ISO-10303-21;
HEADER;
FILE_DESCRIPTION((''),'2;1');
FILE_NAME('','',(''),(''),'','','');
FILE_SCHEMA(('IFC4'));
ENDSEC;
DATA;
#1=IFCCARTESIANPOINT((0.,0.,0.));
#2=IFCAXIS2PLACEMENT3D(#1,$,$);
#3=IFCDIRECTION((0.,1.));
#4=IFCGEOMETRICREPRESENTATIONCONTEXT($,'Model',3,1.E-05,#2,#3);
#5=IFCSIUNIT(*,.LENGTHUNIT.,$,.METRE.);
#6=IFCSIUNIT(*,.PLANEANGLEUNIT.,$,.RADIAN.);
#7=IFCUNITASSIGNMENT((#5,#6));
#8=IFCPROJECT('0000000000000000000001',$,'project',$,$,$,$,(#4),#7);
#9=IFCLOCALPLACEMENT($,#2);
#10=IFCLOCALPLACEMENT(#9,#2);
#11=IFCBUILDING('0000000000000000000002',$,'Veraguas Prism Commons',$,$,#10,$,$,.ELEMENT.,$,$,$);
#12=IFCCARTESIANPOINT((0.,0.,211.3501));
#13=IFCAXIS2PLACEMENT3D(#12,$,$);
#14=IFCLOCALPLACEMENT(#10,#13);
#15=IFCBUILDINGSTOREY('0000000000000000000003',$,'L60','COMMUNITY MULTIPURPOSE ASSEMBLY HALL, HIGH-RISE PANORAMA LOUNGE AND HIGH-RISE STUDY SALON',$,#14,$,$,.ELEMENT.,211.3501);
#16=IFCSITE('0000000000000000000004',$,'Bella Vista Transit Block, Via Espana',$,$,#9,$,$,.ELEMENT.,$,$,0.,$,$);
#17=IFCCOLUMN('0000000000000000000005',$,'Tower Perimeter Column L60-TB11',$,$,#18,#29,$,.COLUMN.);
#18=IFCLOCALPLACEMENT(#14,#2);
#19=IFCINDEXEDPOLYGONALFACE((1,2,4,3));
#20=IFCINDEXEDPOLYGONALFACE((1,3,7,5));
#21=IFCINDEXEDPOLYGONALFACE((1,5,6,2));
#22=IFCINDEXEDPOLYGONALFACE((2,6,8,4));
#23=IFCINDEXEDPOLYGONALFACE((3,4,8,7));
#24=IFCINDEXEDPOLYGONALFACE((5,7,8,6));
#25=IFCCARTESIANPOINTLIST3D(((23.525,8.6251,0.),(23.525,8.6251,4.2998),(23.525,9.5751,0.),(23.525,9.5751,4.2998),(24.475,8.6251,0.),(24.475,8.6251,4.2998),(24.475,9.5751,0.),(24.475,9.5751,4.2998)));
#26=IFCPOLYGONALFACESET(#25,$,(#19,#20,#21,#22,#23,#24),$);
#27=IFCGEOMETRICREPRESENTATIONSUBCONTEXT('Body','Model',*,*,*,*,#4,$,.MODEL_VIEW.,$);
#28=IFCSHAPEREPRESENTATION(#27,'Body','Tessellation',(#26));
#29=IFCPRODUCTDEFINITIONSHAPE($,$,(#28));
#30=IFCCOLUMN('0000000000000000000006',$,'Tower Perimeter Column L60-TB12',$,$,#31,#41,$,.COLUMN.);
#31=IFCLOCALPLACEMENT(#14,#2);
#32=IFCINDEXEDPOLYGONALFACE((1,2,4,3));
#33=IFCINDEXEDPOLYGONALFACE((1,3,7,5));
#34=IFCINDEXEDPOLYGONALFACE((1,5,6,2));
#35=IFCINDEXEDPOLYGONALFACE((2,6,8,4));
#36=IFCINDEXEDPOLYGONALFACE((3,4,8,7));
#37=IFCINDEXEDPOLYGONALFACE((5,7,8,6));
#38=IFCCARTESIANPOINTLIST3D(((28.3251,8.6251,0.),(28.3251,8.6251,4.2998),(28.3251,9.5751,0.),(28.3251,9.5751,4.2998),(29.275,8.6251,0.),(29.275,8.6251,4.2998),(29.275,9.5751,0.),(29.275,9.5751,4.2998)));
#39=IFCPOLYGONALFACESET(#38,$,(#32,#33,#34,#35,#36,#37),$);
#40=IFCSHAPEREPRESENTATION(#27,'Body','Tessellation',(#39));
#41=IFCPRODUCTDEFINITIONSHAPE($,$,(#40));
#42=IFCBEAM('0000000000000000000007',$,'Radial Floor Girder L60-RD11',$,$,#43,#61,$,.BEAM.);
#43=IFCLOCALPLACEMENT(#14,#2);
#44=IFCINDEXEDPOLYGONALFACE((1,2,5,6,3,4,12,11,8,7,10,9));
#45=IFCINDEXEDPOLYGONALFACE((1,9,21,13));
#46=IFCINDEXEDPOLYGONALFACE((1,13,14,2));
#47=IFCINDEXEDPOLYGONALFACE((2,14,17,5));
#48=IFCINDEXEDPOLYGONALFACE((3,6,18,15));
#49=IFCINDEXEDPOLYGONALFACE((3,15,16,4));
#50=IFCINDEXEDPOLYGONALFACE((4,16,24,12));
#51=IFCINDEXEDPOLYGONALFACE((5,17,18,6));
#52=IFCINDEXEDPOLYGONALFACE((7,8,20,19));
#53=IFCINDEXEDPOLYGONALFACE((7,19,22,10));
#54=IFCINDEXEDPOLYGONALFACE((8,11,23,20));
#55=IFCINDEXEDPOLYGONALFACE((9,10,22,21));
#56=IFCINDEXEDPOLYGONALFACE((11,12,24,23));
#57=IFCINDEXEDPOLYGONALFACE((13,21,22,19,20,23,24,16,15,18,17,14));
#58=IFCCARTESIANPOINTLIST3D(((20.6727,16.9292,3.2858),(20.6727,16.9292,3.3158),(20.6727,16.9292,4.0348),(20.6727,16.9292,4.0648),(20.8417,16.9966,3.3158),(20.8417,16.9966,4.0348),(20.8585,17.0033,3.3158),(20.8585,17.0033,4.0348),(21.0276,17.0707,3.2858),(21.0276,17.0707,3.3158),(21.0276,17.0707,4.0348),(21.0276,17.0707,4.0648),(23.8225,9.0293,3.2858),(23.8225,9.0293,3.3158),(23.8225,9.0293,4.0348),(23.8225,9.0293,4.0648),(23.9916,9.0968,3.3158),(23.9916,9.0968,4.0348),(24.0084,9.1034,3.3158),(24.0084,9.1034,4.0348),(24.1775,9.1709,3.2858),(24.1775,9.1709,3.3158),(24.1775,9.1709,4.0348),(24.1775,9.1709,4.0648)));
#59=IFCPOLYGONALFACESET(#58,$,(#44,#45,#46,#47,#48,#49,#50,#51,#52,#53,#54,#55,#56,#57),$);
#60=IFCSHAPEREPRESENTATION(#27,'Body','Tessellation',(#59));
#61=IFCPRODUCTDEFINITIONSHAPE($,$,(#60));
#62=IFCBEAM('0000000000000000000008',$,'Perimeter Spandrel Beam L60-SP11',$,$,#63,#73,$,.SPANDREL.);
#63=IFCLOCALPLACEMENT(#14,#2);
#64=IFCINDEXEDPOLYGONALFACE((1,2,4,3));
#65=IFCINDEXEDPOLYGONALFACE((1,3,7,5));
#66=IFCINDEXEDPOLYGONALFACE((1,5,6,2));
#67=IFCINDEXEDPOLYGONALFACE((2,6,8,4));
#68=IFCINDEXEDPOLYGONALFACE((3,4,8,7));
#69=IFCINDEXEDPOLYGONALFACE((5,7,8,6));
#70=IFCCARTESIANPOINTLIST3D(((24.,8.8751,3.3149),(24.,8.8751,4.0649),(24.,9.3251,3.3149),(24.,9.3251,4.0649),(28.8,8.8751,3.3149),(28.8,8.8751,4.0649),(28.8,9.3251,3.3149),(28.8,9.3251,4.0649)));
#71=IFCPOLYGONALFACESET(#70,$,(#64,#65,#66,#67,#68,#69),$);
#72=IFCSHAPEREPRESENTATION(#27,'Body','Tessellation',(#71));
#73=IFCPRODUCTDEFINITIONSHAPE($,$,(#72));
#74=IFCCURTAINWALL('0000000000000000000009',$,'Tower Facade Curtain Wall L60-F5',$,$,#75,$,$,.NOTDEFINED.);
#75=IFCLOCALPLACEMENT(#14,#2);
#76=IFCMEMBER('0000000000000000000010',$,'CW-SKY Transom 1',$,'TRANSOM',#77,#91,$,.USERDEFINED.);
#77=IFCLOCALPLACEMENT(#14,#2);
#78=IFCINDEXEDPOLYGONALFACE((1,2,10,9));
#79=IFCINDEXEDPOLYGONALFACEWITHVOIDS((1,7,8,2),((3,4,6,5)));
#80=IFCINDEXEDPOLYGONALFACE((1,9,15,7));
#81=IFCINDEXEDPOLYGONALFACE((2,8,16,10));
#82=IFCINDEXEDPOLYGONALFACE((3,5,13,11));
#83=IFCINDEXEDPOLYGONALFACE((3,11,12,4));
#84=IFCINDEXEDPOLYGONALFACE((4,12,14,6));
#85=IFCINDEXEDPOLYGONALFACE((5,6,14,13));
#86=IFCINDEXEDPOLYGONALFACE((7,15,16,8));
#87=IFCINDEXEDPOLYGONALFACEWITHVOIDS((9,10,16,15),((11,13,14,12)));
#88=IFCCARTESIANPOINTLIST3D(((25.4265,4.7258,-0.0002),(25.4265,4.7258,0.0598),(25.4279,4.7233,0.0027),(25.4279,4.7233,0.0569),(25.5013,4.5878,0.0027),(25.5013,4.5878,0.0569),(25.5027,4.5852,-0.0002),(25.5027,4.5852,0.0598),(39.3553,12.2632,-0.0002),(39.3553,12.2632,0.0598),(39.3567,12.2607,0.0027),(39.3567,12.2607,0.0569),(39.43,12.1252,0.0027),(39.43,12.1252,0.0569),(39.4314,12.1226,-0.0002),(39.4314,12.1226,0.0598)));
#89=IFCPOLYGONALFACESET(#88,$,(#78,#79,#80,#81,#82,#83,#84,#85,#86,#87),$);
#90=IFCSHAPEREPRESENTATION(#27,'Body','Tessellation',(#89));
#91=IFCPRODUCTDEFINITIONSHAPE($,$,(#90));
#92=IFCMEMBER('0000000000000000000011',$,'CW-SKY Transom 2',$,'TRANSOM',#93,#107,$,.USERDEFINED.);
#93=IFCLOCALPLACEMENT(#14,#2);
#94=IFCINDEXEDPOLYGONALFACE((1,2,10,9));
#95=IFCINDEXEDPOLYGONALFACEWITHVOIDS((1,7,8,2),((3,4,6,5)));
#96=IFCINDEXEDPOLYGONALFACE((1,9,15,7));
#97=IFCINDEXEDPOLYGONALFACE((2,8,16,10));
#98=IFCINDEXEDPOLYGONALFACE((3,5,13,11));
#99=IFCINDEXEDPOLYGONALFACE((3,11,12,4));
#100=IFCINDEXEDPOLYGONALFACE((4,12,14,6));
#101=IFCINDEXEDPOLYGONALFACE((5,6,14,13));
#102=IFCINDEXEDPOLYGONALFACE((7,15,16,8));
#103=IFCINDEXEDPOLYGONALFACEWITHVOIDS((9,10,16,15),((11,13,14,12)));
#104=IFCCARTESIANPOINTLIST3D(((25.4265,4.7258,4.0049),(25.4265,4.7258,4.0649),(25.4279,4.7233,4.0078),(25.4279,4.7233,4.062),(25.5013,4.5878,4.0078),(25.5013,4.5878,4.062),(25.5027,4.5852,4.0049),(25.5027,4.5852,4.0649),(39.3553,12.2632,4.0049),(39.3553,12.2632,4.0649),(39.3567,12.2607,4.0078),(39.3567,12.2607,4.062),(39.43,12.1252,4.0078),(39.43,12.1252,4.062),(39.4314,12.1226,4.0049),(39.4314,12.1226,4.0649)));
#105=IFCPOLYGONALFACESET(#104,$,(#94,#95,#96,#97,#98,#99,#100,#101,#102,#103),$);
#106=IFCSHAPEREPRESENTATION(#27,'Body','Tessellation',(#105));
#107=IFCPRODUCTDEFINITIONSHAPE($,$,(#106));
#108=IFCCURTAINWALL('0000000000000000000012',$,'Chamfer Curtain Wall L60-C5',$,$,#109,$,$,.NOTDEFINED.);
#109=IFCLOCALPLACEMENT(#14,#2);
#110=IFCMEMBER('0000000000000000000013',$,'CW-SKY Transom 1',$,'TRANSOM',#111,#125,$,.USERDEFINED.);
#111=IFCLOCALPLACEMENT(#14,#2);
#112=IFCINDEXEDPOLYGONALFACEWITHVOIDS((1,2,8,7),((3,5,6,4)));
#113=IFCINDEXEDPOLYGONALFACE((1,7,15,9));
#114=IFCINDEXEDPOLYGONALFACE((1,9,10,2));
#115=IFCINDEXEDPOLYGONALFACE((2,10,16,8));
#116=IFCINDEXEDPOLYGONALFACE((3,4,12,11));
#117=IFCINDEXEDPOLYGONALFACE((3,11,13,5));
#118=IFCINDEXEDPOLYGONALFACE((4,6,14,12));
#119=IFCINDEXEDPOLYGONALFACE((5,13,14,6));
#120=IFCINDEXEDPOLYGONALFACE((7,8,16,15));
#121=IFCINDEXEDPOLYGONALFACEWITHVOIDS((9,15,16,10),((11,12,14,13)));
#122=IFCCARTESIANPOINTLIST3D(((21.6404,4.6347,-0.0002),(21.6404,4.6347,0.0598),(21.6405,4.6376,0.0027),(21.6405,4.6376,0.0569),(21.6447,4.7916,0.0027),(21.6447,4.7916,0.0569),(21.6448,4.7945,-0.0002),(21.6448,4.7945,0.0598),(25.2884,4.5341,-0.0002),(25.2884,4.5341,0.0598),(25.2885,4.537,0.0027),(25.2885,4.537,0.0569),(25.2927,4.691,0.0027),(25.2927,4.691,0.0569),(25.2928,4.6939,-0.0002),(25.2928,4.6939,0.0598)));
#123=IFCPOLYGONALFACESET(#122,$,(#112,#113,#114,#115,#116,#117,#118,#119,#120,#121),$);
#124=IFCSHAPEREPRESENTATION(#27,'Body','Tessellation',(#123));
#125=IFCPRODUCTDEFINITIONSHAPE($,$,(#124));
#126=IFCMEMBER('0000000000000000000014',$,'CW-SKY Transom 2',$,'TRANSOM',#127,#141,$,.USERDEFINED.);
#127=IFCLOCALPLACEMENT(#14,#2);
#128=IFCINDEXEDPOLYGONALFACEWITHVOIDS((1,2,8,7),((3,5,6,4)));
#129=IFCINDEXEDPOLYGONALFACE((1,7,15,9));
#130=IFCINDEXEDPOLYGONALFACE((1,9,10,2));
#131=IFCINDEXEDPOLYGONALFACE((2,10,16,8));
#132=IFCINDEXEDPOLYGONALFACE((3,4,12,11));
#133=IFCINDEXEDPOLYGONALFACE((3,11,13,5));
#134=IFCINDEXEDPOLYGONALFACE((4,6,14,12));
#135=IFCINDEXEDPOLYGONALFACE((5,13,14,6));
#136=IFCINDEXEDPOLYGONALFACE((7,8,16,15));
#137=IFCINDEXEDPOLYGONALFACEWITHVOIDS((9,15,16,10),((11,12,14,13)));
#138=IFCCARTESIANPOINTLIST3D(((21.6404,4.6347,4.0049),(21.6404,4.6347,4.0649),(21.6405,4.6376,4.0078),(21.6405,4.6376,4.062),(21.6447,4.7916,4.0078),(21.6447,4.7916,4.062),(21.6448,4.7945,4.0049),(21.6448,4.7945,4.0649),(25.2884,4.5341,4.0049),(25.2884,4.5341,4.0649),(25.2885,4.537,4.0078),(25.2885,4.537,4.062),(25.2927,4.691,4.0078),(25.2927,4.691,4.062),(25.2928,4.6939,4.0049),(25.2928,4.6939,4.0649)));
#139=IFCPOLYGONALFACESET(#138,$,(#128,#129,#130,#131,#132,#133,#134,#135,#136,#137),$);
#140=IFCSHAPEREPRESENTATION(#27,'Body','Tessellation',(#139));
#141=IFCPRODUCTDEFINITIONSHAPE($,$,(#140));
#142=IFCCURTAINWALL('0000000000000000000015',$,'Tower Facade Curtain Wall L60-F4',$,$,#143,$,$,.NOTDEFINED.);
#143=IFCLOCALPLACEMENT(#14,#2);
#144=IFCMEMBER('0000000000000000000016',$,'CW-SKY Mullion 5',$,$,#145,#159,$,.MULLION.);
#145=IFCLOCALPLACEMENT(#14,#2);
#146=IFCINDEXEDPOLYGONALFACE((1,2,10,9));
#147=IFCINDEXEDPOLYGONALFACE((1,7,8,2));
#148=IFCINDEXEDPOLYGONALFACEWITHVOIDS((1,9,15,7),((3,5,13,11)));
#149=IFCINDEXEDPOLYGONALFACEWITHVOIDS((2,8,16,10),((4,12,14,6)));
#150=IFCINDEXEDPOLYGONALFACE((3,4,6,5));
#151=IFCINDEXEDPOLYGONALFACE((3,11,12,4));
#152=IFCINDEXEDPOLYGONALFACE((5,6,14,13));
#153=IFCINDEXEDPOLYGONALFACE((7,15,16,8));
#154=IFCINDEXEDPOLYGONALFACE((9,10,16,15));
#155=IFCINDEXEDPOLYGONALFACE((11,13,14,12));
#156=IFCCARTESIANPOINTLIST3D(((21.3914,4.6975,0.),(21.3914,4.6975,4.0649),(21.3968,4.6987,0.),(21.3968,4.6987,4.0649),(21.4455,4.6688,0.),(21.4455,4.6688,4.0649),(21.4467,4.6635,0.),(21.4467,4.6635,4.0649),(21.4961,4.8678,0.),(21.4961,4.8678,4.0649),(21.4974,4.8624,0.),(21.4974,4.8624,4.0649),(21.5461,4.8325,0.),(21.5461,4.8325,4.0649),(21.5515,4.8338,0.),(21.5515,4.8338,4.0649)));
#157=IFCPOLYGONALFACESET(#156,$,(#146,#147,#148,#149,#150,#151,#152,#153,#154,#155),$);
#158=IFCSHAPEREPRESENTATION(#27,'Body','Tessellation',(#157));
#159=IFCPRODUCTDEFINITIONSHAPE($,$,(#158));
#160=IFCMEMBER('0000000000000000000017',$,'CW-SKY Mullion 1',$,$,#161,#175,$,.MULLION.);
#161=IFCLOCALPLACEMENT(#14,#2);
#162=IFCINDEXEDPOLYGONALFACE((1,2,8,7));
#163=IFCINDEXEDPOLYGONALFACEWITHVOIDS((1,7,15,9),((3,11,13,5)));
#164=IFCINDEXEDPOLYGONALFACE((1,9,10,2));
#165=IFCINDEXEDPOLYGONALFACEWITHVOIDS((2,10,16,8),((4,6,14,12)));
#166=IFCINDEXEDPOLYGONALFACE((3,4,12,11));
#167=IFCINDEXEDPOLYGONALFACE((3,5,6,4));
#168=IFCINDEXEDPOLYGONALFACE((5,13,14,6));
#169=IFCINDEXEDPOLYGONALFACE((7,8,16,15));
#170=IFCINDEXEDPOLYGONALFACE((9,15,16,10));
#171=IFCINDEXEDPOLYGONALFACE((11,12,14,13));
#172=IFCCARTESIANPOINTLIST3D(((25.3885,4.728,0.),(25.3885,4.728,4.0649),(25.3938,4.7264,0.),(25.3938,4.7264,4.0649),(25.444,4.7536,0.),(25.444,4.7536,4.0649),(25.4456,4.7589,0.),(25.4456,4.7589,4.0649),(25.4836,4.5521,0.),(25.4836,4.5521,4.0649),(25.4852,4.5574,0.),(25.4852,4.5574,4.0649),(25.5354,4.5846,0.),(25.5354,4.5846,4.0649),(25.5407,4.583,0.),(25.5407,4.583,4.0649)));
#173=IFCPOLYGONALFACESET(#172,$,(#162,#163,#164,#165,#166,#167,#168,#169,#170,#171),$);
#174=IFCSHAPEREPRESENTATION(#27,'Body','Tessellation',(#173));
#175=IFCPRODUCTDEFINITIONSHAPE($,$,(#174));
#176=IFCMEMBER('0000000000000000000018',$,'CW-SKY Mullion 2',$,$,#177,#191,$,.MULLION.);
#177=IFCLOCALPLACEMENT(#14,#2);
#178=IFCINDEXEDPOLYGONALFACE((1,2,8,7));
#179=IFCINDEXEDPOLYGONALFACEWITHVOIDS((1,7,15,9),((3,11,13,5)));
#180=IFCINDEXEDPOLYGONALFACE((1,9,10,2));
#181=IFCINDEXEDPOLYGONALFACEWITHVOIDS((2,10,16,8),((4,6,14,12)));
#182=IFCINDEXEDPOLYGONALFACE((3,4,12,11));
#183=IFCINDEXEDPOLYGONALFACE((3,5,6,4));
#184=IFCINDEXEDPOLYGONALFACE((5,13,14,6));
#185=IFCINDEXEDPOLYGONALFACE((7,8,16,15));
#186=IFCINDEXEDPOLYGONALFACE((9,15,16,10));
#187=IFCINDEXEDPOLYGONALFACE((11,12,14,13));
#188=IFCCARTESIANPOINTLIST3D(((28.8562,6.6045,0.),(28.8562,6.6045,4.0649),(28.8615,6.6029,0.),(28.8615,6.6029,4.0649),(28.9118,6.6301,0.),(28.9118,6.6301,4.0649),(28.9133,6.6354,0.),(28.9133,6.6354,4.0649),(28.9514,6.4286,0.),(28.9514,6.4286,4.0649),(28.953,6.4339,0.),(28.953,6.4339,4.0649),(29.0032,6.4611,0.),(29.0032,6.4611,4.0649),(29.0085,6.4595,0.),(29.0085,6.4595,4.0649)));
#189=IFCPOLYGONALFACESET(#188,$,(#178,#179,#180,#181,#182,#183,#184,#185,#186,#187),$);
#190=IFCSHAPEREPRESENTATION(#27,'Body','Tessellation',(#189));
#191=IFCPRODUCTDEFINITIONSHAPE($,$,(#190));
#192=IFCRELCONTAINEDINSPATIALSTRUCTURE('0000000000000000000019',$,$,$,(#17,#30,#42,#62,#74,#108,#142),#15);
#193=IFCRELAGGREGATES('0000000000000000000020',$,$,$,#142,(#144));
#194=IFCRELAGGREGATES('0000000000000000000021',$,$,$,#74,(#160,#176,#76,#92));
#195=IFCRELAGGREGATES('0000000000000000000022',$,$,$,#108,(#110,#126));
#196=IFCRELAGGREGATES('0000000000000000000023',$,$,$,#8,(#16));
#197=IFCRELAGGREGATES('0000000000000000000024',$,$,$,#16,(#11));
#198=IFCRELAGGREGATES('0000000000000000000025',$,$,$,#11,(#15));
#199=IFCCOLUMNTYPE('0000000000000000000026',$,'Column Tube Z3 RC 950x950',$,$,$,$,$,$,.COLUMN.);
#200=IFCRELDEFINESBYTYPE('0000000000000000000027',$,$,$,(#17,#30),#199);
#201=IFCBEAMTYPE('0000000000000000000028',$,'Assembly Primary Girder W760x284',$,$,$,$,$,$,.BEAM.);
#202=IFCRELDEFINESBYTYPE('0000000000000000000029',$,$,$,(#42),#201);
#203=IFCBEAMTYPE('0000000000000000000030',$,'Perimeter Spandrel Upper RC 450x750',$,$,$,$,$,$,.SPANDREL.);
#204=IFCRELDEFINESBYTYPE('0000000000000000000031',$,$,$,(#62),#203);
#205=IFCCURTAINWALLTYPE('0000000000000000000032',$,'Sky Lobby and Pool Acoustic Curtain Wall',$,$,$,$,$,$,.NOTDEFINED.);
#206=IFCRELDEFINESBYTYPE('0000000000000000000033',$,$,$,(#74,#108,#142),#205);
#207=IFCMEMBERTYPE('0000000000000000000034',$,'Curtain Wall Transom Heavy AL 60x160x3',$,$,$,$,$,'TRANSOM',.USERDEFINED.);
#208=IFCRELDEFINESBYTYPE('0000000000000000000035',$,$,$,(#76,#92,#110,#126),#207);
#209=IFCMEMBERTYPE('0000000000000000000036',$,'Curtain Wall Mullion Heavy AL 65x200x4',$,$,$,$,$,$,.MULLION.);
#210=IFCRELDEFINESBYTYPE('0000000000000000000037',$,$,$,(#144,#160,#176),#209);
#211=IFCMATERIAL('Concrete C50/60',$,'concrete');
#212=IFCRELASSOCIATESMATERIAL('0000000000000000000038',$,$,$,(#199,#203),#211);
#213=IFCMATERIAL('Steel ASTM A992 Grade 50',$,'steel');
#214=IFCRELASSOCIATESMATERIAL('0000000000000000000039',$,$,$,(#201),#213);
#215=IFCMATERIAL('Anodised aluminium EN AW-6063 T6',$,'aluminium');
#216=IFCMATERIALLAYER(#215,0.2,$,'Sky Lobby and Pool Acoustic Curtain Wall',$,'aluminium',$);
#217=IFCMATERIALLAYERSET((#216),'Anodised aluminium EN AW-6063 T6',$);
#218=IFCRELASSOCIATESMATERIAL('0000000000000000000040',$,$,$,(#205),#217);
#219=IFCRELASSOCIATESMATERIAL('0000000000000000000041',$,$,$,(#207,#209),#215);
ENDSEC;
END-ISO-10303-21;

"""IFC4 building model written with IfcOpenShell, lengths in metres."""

from ifc_helpers import new_model, si_unit, direction, frame, origin, origin_2d, place, context, subcontext, project, spatial, rectangle, hollow_rectangle, i_section, extrude, source, transform, mapped, material, layer, layer_set, material_profile, profile_set, type_object, element, aggregate, save


model = new_model("IFC4")

# Units and contexts
model_context = context("Model", 3, precision=1e-05, world=origin(), true_north=direction((0.0, 1.0)))
body_context = subcontext(model_context, "Body", "Model", "MODEL_VIEW")
ifc_project = project(units=[si_unit("LENGTHUNIT", "METRE"), si_unit("PLANEANGLEUNIT", "RADIAN")], contexts=[model_context])

# Site, building, storey
site_placement = place(None, origin())
site = spatial("IfcSite", under=ifc_project, at=site_placement, Name="Bella Vista Transit Block, Via Espana", CompositionType="ELEMENT", RefElevation=0.0)
building_placement = place(site_placement, origin())
building = spatial("IfcBuilding", under=site, at=building_placement, Name="Veraguas Prism Commons", CompositionType="ELEMENT")
storey_placement = place(building_placement, frame((0.0, 0.0, 211.3501)))
storey = spatial("IfcBuildingStorey", under=building, at=storey_placement, Name="L60", Description="COMMUNITY MULTIPURPOSE ASSEMBLY HALL, HIGH-RISE PANORAMA LOUNGE AND HIGH-RISE STUDY SALON", CompositionType="ELEMENT", Elevation=211.3501)

# Columns
ifc_material_1 = material(Name="Concrete C50/60", Category="concrete")
ifc_material_profile_1 = material_profile(ifc_material_1, rectangle(XDim=0.95, YDim=0.95, at=origin_2d()), Name="RC950X950")
ifc_profile_set_1 = profile_set([ifc_material_profile_1], Name="Concrete C50/60")
column_type = type_object("IfcColumnType", Name="Column Tube Z3 RC 950x950", PredefinedType="COLUMN", material=ifc_profile_set_1)
for number, where, z_axis, x_axis, name in (
    (1, (24.0, 9.1001, 0.0), (0.0, 0.0, 1.0), (1.0, 0.0, 0.0), "Tower Perimeter Column L60-TB11"),
    (2, (28.8, 9.1001, 0.0), (0.0, 0.0, 1.0), (1.0, 0.0, 0.0), "Tower Perimeter Column L60-TB12"),
):
    element("IfcColumn", number, at=place(storey_placement, frame(where, z_axis=z_axis, x_axis=x_axis)), inside=storey, type_object=column_type, Name=name, PredefinedType="COLUMN", context=body_context, shape_type="SweptSolid", body=[
        extrude(rectangle(XDim=0.95, YDim=0.95, at=origin_2d()), origin(), (0.0, 0.0, 1.0), 4.2998),
    ])

# Beams
ifc_material_2 = material(Name="Steel ASTM A992 Grade 50", Category="steel")
ifc_material_profile_2 = material_profile(ifc_material_2, i_section(OverallWidth=0.3821, OverallDepth=0.7791, WebThickness=0.0181, FlangeThickness=0.03, at=origin_2d()), Name="W760X284")
ifc_profile_set_2 = profile_set([ifc_material_profile_2], Name="Steel ASTM A992 Grade 50")
beam_type_1 = type_object("IfcBeamType", Name="Assembly Primary Girder W760x284", PredefinedType="BEAM", material=ifc_profile_set_2)
beam_1_placement = place(storey_placement, frame((24.0, 9.1001, 3.6753), z_axis=(-0.370371, 0.928884, 0.0), x_axis=(-0.928884, -0.370371, 0.0)))
element("IfcBeam", 3, at=beam_1_placement, inside=storey, type_object=beam_type_1, Name="Radial Floor Girder L60-RD11", PredefinedType="BEAM", context=body_context, shape_type="SweptSolid", body=[
    extrude(i_section(OverallWidth=0.3821, OverallDepth=0.7791, WebThickness=0.0181, FlangeThickness=0.03, at=origin_2d()), origin(), (0.0, 0.0, 1.0), 8.5046),
])
ifc_material_profile_3 = material_profile(ifc_material_1, rectangle(XDim=0.45, YDim=0.75, at=origin_2d()), Name="RC450X750")
ifc_profile_set_3 = profile_set([ifc_material_profile_3], Name="Concrete C50/60")
beam_type_2 = type_object("IfcBeamType", Name="Perimeter Spandrel Upper RC 450x750", PredefinedType="SPANDREL", material=ifc_profile_set_3)
beam_2_placement = place(storey_placement, frame((24.0, 9.1001, 3.6899), z_axis=(1.0, 0.0, 0.0), x_axis=(0.0, 1.0, 0.0)))
element("IfcBeam", 4, at=beam_2_placement, inside=storey, type_object=beam_type_2, Name="Perimeter Spandrel Beam L60-SP11", PredefinedType="SPANDREL", context=body_context, shape_type="SweptSolid", body=[
    extrude(rectangle(XDim=0.45, YDim=0.75, at=origin_2d()), origin(), (0.0, 0.0, 1.0), 4.8),
])

# Curtain walls, members
ifc_material_3 = material(Name="Anodised aluminium EN AW-6063 T6", Category="aluminium")
ifc_layer_1 = layer(ifc_material_3, 0.2, Name="Sky Lobby and Pool Acoustic Curtain Wall", Category="aluminium")
ifc_layer_set_1 = layer_set([ifc_layer_1], Name="Anodised aluminium EN AW-6063 T6")
curtain_wall_type = type_object("IfcCurtainWallType", Name="Sky Lobby and Pool Acoustic Curtain Wall", PredefinedType="NOTDEFINED", material=ifc_layer_set_1)
curtain_wall_1_placement = place(storey_placement, origin())
curtain_wall_1 = element("IfcCurtainWall", 5, at=curtain_wall_1_placement, inside=storey, type_object=curtain_wall_type, Name="Tower Facade Curtain Wall L60-F5", PredefinedType="NOTDEFINED")
ifc_material_profile_4 = material_profile(ifc_material_3, hollow_rectangle(XDim=0.0601, YDim=0.1599, WallThickness=0.0029, at=origin_2d()), Name="AL60X160X3")
ifc_profile_set_4 = profile_set([ifc_material_profile_4], Name="Anodised aluminium EN AW-6063 T6")
member_type_1 = type_object("IfcMemberType", Name="Curtain Wall Transom Heavy AL 60x160x3", ElementType="TRANSOM", PredefinedType="USERDEFINED", material=ifc_profile_set_4)
shared_shape_1 = source(origin(), body_context, "Body", "SweptSolid", [
    extrude(hollow_rectangle(XDim=0.0601, YDim=0.1599, WallThickness=0.0029, at=origin_2d()), origin(), (0.0, 0.0, 1.0), 15.8374),
])
member_1_placement = place(storey_placement, frame((25.4646, 4.6555, 0.0298), z_axis=(0.879487, 0.475924, 0.0), x_axis=(0.0, 0.0, 1.0)))
member_1 = element("IfcMember", 6, at=member_1_placement, type_object=member_type_1, Name="CW-SKY Transom 1", ObjectType="TRANSOM", PredefinedType="USERDEFINED", context=body_context, shape_type="MappedRepresentation", body=[
    mapped(shared_shape_1, transform((0.0, 0.0, 0.0), scale=1.0)),
])
member_2_placement = place(storey_placement, frame((25.4646, 4.6555, 4.0349), z_axis=(0.879487, 0.475924, 0.0), x_axis=(0.0, 0.0, 1.0)))
member_2 = element("IfcMember", 7, at=member_2_placement, type_object=member_type_1, Name="CW-SKY Transom 2", ObjectType="TRANSOM", PredefinedType="USERDEFINED", context=body_context, shape_type="MappedRepresentation", body=[
    mapped(shared_shape_1, transform((0.0, 0.0, 0.0), scale=1.0)),
])
curtain_wall_2_placement = place(storey_placement, origin())
curtain_wall_2 = element("IfcCurtainWall", 8, at=curtain_wall_2_placement, inside=storey, type_object=curtain_wall_type, Name="Chamfer Curtain Wall L60-C5", PredefinedType="NOTDEFINED")
shared_shape_2 = source(origin(), body_context, "Body", "SweptSolid", [
    extrude(hollow_rectangle(XDim=0.0601, YDim=0.1599, WallThickness=0.0029, at=origin_2d()), origin(), (0.0, 0.0, 1.0), 3.6494),
])
member_3_placement = place(storey_placement, frame((21.6426, 4.7146, 0.0298), z_axis=(0.99962, -0.027563, 0.0), x_axis=(0.0, 0.0, 1.0)))
member_3 = element("IfcMember", 9, at=member_3_placement, type_object=member_type_1, Name="CW-SKY Transom 1", ObjectType="TRANSOM", PredefinedType="USERDEFINED", context=body_context, shape_type="MappedRepresentation", body=[
    mapped(shared_shape_2, transform((0.0, 0.0, 0.0), scale=1.0)),
])
member_4_placement = place(storey_placement, frame((21.6426, 4.7146, 4.0349), z_axis=(0.99962, -0.027563, 0.0), x_axis=(0.0, 0.0, 1.0)))
member_4 = element("IfcMember", 10, at=member_4_placement, type_object=member_type_1, Name="CW-SKY Transom 2", ObjectType="TRANSOM", PredefinedType="USERDEFINED", context=body_context, shape_type="MappedRepresentation", body=[
    mapped(shared_shape_2, transform((0.0, 0.0, 0.0), scale=1.0)),
])

# Curtain wall, member
curtain_wall_3_placement = place(storey_placement, origin())
curtain_wall_3 = element("IfcCurtainWall", 11, at=curtain_wall_3_placement, inside=storey, type_object=curtain_wall_type, Name="Tower Facade Curtain Wall L60-F4", PredefinedType="NOTDEFINED")
ifc_material_profile_5 = material_profile(ifc_material_3, hollow_rectangle(XDim=0.0649, YDim=0.2, WallThickness=0.0039, at=origin_2d()), Name="AL65X200X4")
ifc_profile_set_5 = profile_set([ifc_material_profile_5], Name="Anodised aluminium EN AW-6063 T6")
member_type_2 = type_object("IfcMemberType", Name="Curtain Wall Mullion Heavy AL 65x200x4", PredefinedType="MULLION", material=ifc_profile_set_5)
shared_shape_3 = source(origin(), body_context, "Body", "SweptSolid", [
    extrude(hollow_rectangle(XDim=0.0649, YDim=0.2, WallThickness=0.0039, at=origin_2d()), origin(), (0.0, 0.0, 1.0), 4.0649),
])
member_5_placement = place(storey_placement, frame((21.4714, 4.7656, 0.0), z_axis=(0.0, 0.0, 1.0), x_axis=(0.851909, -0.52369, 0.0)))
member_5 = element("IfcMember", 12, at=member_5_placement, type_object=member_type_2, Name="CW-SKY Mullion 5", PredefinedType="MULLION", context=body_context, shape_type="MappedRepresentation", body=[
    mapped(shared_shape_3, transform((0.0, 0.0, 0.0), scale=1.0)),
])
aggregate(curtain_wall_3, [member_5])

# Members
member_6_placement = place(storey_placement, frame((25.4646, 4.6555, 0.0), z_axis=(0.0, 0.0, 1.0), x_axis=(0.879484, 0.475928, 0.0)))
member_6 = element("IfcMember", 13, at=member_6_placement, type_object=member_type_2, Name="CW-SKY Mullion 1", PredefinedType="MULLION", context=body_context, shape_type="MappedRepresentation", body=[
    mapped(shared_shape_3, transform((0.0, 0.0, 0.0), scale=1.0)),
])
member_7_placement = place(storey_placement, frame((28.9324, 6.532, 0.0), z_axis=(0.0, 0.0, 1.0), x_axis=(0.879484, 0.475928, 0.0)))
member_7 = element("IfcMember", 14, at=member_7_placement, type_object=member_type_2, Name="CW-SKY Mullion 2", PredefinedType="MULLION", context=body_context, shape_type="MappedRepresentation", body=[
    mapped(shared_shape_3, transform((0.0, 0.0, 0.0), scale=1.0)),
])

aggregate(curtain_wall_1, [member_6, member_7, member_1, member_2])
aggregate(curtain_wall_2, [member_3, member_4])

save(model, "model.ifc")
